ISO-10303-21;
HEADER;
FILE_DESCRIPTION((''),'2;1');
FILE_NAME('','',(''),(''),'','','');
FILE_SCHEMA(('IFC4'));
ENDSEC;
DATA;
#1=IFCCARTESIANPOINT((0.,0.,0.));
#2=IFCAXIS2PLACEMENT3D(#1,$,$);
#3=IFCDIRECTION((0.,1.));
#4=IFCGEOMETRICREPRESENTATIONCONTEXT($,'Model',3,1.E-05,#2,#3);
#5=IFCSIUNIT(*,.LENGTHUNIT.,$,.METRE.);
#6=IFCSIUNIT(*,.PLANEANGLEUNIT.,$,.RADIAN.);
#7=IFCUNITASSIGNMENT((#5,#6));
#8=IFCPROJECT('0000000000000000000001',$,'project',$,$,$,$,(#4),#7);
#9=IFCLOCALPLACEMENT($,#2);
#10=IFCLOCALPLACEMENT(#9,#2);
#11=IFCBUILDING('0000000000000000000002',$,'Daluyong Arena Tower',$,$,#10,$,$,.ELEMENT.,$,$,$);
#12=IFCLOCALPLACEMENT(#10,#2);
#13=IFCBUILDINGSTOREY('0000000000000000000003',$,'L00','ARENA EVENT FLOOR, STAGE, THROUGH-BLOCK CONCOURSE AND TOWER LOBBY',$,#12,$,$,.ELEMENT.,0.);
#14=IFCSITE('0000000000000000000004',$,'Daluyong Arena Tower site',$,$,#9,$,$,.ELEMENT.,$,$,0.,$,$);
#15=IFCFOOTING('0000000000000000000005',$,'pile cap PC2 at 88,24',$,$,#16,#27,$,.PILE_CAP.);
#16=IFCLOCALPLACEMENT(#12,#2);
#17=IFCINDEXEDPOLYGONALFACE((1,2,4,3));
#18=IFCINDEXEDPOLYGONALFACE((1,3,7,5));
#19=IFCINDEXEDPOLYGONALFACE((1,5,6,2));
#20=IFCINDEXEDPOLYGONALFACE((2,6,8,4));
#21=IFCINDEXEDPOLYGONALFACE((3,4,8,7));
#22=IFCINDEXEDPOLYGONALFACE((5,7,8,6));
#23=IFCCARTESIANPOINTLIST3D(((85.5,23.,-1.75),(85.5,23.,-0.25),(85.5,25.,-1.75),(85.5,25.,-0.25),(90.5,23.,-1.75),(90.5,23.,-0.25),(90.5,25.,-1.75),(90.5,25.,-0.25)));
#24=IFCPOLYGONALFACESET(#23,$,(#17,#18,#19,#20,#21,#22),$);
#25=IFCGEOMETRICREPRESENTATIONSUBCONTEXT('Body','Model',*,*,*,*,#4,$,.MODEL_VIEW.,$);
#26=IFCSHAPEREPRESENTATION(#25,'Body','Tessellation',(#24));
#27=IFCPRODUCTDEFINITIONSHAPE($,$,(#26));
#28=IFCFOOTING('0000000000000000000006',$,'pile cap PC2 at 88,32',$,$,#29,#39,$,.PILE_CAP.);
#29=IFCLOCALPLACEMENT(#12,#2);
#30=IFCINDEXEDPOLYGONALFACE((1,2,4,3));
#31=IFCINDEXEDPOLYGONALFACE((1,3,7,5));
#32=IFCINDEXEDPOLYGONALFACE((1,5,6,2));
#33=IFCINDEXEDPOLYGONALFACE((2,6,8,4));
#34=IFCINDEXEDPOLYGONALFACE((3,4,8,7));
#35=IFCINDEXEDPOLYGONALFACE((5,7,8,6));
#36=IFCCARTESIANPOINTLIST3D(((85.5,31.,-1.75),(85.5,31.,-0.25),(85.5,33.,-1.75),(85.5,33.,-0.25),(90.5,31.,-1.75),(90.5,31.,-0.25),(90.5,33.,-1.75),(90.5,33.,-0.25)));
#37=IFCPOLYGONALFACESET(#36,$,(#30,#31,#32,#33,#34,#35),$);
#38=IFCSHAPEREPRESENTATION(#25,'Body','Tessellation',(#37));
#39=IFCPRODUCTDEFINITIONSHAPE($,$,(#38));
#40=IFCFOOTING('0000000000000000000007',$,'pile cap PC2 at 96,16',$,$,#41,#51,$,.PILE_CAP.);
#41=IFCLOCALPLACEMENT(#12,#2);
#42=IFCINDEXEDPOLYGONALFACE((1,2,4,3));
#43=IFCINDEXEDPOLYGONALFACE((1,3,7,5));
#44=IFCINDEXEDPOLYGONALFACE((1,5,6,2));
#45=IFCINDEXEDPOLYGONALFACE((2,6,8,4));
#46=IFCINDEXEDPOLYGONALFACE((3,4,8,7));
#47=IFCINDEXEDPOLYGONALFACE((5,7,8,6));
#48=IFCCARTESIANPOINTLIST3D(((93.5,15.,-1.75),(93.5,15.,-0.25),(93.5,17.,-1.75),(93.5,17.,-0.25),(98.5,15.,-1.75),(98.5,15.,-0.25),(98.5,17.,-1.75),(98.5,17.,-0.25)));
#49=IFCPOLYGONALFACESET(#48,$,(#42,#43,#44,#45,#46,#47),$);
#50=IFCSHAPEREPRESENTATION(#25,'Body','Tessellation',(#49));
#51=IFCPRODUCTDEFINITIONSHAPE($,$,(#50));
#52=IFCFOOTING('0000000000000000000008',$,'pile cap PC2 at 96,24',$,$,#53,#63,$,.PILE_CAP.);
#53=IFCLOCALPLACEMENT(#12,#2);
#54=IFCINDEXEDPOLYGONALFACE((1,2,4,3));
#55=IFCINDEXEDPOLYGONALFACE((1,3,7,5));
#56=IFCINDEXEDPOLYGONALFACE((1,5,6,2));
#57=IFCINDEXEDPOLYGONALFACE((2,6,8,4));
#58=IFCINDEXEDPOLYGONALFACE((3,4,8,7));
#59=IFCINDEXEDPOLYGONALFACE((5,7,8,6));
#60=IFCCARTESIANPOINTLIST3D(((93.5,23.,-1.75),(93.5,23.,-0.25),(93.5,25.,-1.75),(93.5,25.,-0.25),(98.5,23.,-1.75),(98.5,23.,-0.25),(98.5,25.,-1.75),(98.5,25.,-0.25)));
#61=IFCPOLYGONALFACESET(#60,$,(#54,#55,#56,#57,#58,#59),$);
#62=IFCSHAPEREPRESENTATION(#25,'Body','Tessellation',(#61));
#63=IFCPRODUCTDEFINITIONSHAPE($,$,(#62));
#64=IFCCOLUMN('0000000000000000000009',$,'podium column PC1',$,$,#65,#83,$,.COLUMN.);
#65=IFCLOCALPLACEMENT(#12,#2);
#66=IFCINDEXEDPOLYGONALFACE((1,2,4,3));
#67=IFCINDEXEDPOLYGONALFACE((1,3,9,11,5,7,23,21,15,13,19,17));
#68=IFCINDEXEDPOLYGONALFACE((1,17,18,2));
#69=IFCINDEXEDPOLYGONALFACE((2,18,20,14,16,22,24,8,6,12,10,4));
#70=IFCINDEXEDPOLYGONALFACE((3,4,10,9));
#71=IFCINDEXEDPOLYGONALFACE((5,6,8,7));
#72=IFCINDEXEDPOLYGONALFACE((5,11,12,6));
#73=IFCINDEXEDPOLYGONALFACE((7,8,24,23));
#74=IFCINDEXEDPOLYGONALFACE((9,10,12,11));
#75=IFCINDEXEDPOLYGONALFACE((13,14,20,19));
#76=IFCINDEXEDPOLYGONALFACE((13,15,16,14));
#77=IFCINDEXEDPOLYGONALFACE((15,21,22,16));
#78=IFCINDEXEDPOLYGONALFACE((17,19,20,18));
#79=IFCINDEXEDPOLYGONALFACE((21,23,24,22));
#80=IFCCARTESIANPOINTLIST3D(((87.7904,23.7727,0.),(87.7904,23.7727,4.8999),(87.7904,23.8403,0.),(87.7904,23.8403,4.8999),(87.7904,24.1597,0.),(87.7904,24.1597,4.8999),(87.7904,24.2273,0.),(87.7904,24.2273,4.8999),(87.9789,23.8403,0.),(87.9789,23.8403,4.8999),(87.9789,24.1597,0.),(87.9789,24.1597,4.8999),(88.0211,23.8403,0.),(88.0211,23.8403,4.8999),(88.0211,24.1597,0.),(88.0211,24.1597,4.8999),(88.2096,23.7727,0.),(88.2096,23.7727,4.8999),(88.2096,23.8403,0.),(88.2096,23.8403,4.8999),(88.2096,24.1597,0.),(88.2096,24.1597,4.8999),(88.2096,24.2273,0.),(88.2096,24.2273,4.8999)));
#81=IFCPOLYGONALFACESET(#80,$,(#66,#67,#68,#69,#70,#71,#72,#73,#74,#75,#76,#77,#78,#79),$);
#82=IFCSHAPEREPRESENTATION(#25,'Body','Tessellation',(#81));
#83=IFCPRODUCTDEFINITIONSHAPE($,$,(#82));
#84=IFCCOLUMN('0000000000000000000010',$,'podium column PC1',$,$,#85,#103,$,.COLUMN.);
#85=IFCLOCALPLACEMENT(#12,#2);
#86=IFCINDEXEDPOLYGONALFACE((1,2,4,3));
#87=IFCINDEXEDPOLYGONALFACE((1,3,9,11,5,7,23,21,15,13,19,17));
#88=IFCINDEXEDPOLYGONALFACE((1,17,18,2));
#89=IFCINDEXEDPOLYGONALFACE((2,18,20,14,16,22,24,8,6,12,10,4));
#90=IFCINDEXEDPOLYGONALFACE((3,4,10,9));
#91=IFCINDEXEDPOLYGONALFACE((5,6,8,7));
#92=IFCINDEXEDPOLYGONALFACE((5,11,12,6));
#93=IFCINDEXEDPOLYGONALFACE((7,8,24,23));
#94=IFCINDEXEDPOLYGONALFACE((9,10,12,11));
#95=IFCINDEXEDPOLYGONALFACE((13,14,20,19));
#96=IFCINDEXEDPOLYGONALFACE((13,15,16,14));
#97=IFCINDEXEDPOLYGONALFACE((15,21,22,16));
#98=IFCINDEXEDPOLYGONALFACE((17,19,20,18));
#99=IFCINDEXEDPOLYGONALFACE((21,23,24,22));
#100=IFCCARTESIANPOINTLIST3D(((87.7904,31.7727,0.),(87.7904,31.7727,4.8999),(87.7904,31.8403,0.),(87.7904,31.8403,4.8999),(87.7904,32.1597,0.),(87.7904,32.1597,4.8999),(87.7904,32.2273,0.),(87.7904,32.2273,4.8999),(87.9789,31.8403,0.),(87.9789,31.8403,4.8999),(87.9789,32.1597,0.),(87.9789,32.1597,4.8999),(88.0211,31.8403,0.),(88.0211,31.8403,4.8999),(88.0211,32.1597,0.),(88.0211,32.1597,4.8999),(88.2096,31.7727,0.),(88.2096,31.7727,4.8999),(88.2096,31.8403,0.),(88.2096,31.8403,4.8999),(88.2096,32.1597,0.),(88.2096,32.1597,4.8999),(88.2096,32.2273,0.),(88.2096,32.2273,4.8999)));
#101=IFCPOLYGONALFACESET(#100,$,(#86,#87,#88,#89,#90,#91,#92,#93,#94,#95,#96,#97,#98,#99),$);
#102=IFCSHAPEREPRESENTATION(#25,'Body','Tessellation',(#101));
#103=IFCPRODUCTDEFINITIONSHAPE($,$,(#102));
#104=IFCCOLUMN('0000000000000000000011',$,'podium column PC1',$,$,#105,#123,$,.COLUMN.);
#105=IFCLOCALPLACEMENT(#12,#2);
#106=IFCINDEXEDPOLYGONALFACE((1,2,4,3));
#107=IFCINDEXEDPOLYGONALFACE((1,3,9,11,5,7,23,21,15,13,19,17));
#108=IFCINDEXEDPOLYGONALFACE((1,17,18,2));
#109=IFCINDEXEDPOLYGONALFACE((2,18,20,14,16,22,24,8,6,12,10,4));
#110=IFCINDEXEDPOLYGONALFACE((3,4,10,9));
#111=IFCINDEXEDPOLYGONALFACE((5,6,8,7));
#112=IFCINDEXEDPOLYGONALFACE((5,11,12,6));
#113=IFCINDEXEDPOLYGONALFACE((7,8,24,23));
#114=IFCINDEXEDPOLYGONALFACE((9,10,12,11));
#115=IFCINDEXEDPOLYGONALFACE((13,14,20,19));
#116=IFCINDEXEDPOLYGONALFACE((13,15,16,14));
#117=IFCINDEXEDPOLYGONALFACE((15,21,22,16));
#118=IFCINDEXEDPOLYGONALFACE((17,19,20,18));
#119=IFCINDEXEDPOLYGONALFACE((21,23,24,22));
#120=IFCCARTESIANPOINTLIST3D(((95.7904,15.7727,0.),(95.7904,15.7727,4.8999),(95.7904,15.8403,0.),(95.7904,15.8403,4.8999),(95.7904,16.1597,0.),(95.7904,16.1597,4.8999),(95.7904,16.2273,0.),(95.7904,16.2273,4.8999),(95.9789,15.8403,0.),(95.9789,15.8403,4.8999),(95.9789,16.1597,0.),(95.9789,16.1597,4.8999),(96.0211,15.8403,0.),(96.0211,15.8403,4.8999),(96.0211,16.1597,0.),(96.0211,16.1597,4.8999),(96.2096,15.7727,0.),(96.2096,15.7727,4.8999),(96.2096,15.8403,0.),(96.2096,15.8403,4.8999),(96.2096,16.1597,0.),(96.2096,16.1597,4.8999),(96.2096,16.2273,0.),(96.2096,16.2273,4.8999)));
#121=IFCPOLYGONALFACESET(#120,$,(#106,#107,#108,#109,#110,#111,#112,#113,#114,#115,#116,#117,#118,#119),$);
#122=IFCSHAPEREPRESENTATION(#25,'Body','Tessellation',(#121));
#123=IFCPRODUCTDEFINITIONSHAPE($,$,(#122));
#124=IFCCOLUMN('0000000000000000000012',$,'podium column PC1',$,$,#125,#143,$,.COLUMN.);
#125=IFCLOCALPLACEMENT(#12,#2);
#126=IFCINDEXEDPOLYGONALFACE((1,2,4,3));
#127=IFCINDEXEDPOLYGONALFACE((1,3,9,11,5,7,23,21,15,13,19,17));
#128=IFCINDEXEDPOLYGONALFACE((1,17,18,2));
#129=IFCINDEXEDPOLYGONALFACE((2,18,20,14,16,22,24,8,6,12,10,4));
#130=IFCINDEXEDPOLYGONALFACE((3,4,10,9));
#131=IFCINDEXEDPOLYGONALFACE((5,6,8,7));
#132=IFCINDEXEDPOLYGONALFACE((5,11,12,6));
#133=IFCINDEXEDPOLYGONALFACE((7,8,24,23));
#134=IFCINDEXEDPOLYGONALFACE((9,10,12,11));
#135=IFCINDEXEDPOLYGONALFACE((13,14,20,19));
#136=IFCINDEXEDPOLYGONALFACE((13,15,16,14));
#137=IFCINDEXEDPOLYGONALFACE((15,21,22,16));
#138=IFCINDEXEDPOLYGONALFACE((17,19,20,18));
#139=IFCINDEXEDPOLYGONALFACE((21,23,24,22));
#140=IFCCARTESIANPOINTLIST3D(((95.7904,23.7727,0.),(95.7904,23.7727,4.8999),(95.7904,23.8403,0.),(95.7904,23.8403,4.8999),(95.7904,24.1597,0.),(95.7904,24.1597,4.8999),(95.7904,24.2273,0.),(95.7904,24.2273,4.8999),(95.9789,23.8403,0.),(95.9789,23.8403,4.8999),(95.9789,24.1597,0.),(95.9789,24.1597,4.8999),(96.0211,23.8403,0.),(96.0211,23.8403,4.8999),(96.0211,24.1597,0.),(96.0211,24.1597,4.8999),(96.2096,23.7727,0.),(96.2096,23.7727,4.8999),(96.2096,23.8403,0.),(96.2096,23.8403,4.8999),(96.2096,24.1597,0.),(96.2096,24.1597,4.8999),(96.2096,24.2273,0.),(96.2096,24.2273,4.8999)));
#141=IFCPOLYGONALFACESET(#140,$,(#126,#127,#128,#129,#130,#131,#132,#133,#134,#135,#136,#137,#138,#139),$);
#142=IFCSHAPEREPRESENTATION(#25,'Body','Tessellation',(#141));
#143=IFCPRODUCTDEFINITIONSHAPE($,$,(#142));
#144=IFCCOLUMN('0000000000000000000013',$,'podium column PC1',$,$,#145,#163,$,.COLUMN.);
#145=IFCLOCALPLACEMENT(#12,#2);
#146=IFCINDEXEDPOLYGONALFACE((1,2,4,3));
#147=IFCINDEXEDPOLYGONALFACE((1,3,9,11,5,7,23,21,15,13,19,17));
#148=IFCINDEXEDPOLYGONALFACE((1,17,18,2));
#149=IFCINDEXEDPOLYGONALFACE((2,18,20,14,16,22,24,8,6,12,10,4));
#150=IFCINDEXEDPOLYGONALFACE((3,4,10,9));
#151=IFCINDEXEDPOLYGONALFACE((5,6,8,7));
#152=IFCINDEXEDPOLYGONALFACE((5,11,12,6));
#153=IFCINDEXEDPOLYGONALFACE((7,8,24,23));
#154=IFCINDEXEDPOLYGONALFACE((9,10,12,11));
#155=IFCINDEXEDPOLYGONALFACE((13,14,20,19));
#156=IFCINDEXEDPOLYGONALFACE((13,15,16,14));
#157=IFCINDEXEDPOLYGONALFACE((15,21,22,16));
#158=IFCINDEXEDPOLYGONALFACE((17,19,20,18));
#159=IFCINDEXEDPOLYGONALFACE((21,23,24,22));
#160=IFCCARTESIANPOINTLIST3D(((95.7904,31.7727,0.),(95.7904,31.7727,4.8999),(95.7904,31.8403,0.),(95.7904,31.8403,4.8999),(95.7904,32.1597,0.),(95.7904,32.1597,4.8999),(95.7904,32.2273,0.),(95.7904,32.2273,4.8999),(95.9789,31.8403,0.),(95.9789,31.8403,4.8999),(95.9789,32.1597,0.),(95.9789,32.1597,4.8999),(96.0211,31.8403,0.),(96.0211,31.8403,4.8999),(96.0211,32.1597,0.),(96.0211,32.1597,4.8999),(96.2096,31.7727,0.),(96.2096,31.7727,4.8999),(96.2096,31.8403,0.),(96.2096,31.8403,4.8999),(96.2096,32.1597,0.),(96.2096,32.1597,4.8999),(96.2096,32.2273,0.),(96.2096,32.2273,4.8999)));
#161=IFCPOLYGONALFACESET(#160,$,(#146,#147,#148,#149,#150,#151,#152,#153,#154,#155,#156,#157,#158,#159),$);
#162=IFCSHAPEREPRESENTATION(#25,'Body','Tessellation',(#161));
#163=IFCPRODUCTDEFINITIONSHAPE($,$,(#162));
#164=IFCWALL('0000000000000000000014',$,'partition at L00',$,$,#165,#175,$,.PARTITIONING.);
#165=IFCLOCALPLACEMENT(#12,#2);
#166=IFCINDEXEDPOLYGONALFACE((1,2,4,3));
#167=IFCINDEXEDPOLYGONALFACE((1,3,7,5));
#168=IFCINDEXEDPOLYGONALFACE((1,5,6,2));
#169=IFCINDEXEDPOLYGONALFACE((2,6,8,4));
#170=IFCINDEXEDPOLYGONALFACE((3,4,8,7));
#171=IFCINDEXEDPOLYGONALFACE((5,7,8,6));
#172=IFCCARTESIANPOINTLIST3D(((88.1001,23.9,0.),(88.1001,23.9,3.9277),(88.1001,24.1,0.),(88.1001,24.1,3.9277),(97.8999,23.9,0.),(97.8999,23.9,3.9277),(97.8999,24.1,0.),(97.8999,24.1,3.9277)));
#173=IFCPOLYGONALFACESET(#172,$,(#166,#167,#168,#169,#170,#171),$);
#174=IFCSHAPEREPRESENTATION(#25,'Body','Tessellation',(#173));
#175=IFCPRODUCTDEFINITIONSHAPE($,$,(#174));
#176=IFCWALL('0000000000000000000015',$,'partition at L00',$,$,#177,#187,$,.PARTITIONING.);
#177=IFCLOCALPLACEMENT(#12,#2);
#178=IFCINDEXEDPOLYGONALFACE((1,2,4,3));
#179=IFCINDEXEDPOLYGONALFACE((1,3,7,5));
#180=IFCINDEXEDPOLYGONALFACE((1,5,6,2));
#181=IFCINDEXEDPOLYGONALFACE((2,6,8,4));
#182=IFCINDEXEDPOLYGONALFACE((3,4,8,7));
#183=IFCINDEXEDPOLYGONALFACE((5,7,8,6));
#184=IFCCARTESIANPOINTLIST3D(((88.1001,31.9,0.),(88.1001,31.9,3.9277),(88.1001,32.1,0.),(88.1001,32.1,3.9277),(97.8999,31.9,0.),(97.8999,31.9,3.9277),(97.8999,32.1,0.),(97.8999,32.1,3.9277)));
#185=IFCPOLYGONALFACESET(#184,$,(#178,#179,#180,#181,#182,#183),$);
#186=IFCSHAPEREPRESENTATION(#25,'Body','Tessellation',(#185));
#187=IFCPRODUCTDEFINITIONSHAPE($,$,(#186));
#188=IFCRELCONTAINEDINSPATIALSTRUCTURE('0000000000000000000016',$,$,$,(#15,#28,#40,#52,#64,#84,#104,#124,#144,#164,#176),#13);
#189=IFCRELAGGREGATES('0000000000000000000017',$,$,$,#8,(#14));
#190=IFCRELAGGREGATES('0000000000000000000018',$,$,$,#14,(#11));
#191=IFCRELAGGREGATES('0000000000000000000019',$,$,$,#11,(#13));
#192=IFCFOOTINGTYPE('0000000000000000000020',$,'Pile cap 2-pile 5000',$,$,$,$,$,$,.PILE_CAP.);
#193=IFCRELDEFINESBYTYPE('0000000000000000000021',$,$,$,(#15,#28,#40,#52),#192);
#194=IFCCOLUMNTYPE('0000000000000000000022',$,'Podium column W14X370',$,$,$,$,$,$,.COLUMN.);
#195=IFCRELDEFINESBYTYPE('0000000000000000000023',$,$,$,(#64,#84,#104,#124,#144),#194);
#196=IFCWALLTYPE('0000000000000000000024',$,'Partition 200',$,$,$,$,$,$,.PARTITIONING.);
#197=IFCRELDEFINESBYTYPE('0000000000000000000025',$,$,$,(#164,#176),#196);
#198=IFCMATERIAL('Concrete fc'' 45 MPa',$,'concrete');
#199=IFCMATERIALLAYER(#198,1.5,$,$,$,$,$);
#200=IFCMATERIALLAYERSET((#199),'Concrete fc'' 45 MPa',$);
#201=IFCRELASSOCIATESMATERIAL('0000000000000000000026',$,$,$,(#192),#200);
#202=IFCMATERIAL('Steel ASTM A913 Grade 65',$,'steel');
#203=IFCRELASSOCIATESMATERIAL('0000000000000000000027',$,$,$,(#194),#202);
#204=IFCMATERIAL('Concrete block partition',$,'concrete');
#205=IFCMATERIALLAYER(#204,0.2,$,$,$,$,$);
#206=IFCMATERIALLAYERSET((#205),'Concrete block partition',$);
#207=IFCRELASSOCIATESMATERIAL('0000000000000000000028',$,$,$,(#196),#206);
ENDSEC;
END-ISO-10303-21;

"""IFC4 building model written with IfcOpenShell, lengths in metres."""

from ifc_helpers import new_model, si_unit, direction, frame, frame_2d, origin, origin_2d, place, context, subcontext, project, spatial, rectangle, i_section, extrude, material, layer, layer_set, material_profile, profile_set, type_object, element, save


model = new_model("IFC4")

# Units and contexts
model_context = context("Model", 3, precision=1e-05, world=origin(), true_north=direction((0.0, 1.0)))
body_context = subcontext(model_context, "Body", "Model", "MODEL_VIEW")
ifc_project = project(units=[si_unit("LENGTHUNIT", "METRE"), si_unit("PLANEANGLEUNIT", "RADIAN")], contexts=[model_context])

# Site, building, storey
site_placement = place(None, origin())
site = spatial("IfcSite", under=ifc_project, at=site_placement, Name="Daluyong Arena Tower site", CompositionType="ELEMENT", RefElevation=0.0)
building_placement = place(site_placement, origin())
building = spatial("IfcBuilding", under=site, at=building_placement, Name="Daluyong Arena Tower", CompositionType="ELEMENT")
storey_placement = place(building_placement, origin())
storey = spatial("IfcBuildingStorey", under=building, at=storey_placement, Name="L00", Description="ARENA EVENT FLOOR, STAGE, THROUGH-BLOCK CONCOURSE AND TOWER LOBBY", CompositionType="ELEMENT", Elevation=0.0)

# Footings
ifc_material_1 = material(Name="Concrete fc' 45 MPa", Category="concrete")
ifc_layer_1 = layer(ifc_material_1, 1.5)
ifc_layer_set_1 = layer_set([ifc_layer_1], Name="Concrete fc' 45 MPa")
footing_type = type_object("IfcFootingType", Name="Pile cap 2-pile 5000", PredefinedType="PILE_CAP", material=ifc_layer_set_1)
for number, where, z_axis, x_axis, name in (
    (1, (88.0, 24.0, -1.75), (0.0, 0.0, 1.0), (1.0, 0.0, 0.0), "pile cap PC2 at 88,24"),
    (2, (88.0, 32.0, -1.75), (0.0, 0.0, 1.0), (1.0, 0.0, 0.0), "pile cap PC2 at 88,32"),
    (3, (96.0, 16.0, -1.75), (0.0, 0.0, 1.0), (1.0, 0.0, 0.0), "pile cap PC2 at 96,16"),
    (4, (96.0, 24.0, -1.75), (0.0, 0.0, 1.0), (1.0, 0.0, 0.0), "pile cap PC2 at 96,24"),
):
    element("IfcFooting", number, at=place(storey_placement, frame(where, z_axis=z_axis, x_axis=x_axis)), inside=storey, type_object=footing_type, Name=name, PredefinedType="PILE_CAP", context=body_context, shape_type="SweptSolid", body=[
        extrude(rectangle(XDim=5.0, YDim=2.0, at=origin_2d()), origin(), (0.0, 0.0, 1.0), 1.5),
    ])

# Columns
ifc_material_2 = material(Name="Steel ASTM A913 Grade 65", Category="steel")
ifc_material_profile = material_profile(ifc_material_2, i_section(OverallWidth=0.4192, OverallDepth=0.4546, WebThickness=0.0422, FlangeThickness=0.0676, at=origin_2d()))
ifc_profile_set = profile_set([ifc_material_profile], Name="Steel ASTM A913 Grade 65")
column_type = type_object("IfcColumnType", Name="Podium column W14X370", PredefinedType="COLUMN", material=ifc_profile_set)
for number, where, z_axis, x_axis, name in (
    (5, (88.0, 24.0, 0.0), (0.0, 0.0, 1.0), (1.0, 0.0, 0.0), "podium column PC1"),
    (6, (88.0, 32.0, 0.0), (0.0, 0.0, 1.0), (1.0, 0.0, 0.0), "podium column PC1"),
    (7, (96.0, 16.0, 0.0), (0.0, 0.0, 1.0), (1.0, 0.0, 0.0), "podium column PC1"),
    (8, (96.0, 24.0, 0.0), (0.0, 0.0, 1.0), (1.0, 0.0, 0.0), "podium column PC1"),
    (9, (96.0, 32.0, 0.0), (0.0, 0.0, 1.0), (1.0, 0.0, 0.0), "podium column PC1"),
):
    element("IfcColumn", number, at=place(storey_placement, frame(where, z_axis=z_axis, x_axis=x_axis)), inside=storey, type_object=column_type, Name=name, PredefinedType="COLUMN", context=body_context, shape_type="SweptSolid", body=[
        extrude(i_section(OverallWidth=0.4192, OverallDepth=0.4546, WebThickness=0.0422, FlangeThickness=0.0676, at=origin_2d()), origin(), (0.0, 0.0, 1.0), 4.8999),
    ])

# Walls
ifc_material_3 = material(Name="Concrete block partition", Category="concrete")
ifc_layer_2 = layer(ifc_material_3, 0.2)
ifc_layer_set_2 = layer_set([ifc_layer_2], Name="Concrete block partition")
wall_type = type_object("IfcWallType", Name="Partition 200", PredefinedType="PARTITIONING", material=ifc_layer_set_2)
for number, where, z_axis, x_axis, name in (
    (10, (88.1001, 24.0, 0.0), (0.0, 0.0, 1.0), (1.0, 0.0, 0.0), "partition at L00"),
    (11, (88.1001, 32.0, 0.0), (0.0, 0.0, 1.0), (1.0, 0.0, 0.0), "partition at L00"),
):
    element("IfcWall", number, at=place(storey_placement, frame(where, z_axis=z_axis, x_axis=x_axis)), inside=storey, type_object=wall_type, Name=name, PredefinedType="PARTITIONING", context=body_context, shape_type="SweptSolid", body=[
        extrude(rectangle(XDim=9.7998, YDim=0.2, at=frame_2d((4.8999, 0.0))), origin(), (0.0, 0.0, 1.0), 3.9277),
    ])

save(model, "model.ifc")
